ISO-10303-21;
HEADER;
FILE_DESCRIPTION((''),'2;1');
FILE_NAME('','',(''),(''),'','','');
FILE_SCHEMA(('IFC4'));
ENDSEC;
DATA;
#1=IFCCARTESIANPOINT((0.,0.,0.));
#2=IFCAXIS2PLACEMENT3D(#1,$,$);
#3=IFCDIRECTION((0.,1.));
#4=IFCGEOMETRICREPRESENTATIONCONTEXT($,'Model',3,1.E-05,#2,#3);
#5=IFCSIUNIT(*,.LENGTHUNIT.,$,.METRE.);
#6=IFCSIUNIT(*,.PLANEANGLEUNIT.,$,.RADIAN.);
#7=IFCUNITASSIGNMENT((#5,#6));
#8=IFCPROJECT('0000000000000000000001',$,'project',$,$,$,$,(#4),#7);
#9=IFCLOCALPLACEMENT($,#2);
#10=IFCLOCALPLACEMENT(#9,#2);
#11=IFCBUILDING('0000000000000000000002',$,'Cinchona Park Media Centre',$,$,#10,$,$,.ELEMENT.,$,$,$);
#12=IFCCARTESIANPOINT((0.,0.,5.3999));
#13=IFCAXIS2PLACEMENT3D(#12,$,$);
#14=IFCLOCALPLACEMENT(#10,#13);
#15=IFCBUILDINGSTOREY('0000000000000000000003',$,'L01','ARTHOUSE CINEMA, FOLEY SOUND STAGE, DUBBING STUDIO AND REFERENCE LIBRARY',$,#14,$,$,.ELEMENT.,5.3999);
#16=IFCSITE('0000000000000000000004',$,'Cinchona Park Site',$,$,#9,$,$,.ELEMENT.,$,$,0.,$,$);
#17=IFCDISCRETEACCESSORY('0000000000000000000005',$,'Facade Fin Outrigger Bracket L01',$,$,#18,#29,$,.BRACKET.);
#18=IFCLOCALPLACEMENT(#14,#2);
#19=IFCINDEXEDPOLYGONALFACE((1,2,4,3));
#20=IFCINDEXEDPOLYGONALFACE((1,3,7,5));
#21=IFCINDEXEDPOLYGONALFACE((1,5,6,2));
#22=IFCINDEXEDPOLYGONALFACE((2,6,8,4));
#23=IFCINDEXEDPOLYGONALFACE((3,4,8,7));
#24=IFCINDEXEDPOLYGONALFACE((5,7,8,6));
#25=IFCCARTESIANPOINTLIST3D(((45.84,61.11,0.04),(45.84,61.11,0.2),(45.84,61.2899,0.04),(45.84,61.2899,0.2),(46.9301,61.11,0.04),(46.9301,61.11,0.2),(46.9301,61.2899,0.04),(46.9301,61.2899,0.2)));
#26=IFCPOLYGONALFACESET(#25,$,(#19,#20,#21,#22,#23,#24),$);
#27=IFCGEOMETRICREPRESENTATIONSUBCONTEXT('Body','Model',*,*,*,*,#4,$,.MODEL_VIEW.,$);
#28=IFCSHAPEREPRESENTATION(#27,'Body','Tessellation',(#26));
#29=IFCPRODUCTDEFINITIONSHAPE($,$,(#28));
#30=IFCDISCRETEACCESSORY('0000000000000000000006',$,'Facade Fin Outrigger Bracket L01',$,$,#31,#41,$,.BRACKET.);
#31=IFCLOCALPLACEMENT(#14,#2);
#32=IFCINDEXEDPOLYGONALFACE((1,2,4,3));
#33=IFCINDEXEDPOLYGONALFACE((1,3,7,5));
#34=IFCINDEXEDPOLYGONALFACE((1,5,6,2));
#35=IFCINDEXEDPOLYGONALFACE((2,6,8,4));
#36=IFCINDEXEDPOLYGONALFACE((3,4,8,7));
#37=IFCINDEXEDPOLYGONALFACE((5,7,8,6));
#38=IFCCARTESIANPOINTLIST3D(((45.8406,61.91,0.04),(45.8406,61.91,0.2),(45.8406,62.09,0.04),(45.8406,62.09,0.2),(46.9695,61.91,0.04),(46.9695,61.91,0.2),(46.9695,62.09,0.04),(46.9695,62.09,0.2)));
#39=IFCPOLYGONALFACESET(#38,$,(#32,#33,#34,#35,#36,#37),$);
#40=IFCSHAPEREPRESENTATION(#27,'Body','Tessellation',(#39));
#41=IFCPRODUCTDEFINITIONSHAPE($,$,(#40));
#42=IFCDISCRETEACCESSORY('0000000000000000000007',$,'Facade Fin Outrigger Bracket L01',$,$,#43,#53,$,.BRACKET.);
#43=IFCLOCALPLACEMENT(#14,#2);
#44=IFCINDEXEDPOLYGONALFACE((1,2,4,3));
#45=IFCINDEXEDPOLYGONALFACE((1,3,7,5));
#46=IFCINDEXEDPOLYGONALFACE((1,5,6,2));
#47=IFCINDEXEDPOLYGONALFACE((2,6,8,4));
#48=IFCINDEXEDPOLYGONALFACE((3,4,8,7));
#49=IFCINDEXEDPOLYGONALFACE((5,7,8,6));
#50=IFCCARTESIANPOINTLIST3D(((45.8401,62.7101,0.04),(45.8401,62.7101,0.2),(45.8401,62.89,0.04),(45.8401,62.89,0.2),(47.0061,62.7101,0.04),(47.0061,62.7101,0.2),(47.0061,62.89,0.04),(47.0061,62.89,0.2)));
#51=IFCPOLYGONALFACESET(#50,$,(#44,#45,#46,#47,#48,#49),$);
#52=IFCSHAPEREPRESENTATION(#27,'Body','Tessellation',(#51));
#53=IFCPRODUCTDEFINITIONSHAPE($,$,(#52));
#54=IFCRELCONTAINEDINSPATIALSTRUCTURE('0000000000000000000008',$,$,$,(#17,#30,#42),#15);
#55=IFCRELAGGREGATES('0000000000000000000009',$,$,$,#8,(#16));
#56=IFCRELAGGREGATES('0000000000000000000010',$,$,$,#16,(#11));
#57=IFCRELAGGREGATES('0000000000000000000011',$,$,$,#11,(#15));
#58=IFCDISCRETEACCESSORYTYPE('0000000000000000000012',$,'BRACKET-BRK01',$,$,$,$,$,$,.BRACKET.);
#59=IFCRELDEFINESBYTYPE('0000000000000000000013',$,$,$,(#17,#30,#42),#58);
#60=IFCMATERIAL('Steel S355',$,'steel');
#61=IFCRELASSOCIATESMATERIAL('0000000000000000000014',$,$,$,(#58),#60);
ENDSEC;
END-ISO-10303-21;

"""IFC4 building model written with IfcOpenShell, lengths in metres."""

from ifc_helpers import new_model, si_unit, direction, frame, origin, origin_2d, place, context, subcontext, project, spatial, rectangle, extrude, material, type_object, element, save


model = new_model("IFC4")

# Units and contexts
model_context = context("Model", 3, precision=1e-05, world=origin(), true_north=direction((0.0, 1.0)))
body_context = subcontext(model_context, "Body", "Model", "MODEL_VIEW")
ifc_project = project(units=[si_unit("LENGTHUNIT", "METRE"), si_unit("PLANEANGLEUNIT", "RADIAN")], contexts=[model_context])

# Site, building, storey
site_placement = place(None, origin())
site = spatial("IfcSite", under=ifc_project, at=site_placement, Name="Cinchona Park Site", CompositionType="ELEMENT", RefElevation=0.0)
building_placement = place(site_placement, origin())
building = spatial("IfcBuilding", under=site, at=building_placement, Name="Cinchona Park Media Centre", CompositionType="ELEMENT")
storey_placement = place(building_placement, frame((0.0, 0.0, 5.3999)))
storey = spatial("IfcBuildingStorey", under=building, at=storey_placement, Name="L01", Description="ARTHOUSE CINEMA, FOLEY SOUND STAGE, DUBBING STUDIO AND REFERENCE LIBRARY", CompositionType="ELEMENT", Elevation=5.3999)

# Discrete accessories
ifc_material_1 = material(Name="Steel S355", Category="steel")
discrete_accessory_type = type_object("IfcDiscreteAccessoryType", Name="BRACKET-BRK01", PredefinedType="BRACKET", material=ifc_material_1)
discrete_accessory_1_placement = place(storey_placement, frame((46.385, 61.2, 0.04), z_axis=(0.0, 0.0, 1.0), x_axis=(0.0, 1.0, 0.0)))
element("IfcDiscreteAccessory", 1, at=discrete_accessory_1_placement, inside=storey, type_object=discrete_accessory_type, Name="Facade Fin Outrigger Bracket L01", PredefinedType="BRACKET", context=body_context, shape_type="SweptSolid", body=[
    extrude(rectangle(XDim=0.1799, YDim=1.0901, at=origin_2d()), origin(), (0.0, 0.0, 1.0), 0.1599),
])
discrete_accessory_2_placement = place(storey_placement, frame((46.405, 62.0, 0.04), z_axis=(0.0, 0.0, 1.0), x_axis=(0.0, 1.0, 0.0)))
element("IfcDiscreteAccessory", 2, at=discrete_accessory_2_placement, inside=storey, type_object=discrete_accessory_type, Name="Facade Fin Outrigger Bracket L01", PredefinedType="BRACKET", context=body_context, shape_type="SweptSolid", body=[
    extrude(rectangle(XDim=0.1799, YDim=1.1289, at=origin_2d()), origin(), (0.0, 0.0, 1.0), 0.1599),
])
discrete_accessory_3_placement = place(storey_placement, frame((46.4231, 62.8, 0.04), z_axis=(0.0, 0.0, 1.0), x_axis=(0.0, 1.0, 0.0)))
element("IfcDiscreteAccessory", 3, at=discrete_accessory_3_placement, inside=storey, type_object=discrete_accessory_type, Name="Facade Fin Outrigger Bracket L01", PredefinedType="BRACKET", context=body_context, shape_type="SweptSolid", body=[
    extrude(rectangle(XDim=0.1799, YDim=1.166, at=origin_2d()), origin(), (0.0, 0.0, 1.0), 0.1599),
])

save(model, "model.ifc")
